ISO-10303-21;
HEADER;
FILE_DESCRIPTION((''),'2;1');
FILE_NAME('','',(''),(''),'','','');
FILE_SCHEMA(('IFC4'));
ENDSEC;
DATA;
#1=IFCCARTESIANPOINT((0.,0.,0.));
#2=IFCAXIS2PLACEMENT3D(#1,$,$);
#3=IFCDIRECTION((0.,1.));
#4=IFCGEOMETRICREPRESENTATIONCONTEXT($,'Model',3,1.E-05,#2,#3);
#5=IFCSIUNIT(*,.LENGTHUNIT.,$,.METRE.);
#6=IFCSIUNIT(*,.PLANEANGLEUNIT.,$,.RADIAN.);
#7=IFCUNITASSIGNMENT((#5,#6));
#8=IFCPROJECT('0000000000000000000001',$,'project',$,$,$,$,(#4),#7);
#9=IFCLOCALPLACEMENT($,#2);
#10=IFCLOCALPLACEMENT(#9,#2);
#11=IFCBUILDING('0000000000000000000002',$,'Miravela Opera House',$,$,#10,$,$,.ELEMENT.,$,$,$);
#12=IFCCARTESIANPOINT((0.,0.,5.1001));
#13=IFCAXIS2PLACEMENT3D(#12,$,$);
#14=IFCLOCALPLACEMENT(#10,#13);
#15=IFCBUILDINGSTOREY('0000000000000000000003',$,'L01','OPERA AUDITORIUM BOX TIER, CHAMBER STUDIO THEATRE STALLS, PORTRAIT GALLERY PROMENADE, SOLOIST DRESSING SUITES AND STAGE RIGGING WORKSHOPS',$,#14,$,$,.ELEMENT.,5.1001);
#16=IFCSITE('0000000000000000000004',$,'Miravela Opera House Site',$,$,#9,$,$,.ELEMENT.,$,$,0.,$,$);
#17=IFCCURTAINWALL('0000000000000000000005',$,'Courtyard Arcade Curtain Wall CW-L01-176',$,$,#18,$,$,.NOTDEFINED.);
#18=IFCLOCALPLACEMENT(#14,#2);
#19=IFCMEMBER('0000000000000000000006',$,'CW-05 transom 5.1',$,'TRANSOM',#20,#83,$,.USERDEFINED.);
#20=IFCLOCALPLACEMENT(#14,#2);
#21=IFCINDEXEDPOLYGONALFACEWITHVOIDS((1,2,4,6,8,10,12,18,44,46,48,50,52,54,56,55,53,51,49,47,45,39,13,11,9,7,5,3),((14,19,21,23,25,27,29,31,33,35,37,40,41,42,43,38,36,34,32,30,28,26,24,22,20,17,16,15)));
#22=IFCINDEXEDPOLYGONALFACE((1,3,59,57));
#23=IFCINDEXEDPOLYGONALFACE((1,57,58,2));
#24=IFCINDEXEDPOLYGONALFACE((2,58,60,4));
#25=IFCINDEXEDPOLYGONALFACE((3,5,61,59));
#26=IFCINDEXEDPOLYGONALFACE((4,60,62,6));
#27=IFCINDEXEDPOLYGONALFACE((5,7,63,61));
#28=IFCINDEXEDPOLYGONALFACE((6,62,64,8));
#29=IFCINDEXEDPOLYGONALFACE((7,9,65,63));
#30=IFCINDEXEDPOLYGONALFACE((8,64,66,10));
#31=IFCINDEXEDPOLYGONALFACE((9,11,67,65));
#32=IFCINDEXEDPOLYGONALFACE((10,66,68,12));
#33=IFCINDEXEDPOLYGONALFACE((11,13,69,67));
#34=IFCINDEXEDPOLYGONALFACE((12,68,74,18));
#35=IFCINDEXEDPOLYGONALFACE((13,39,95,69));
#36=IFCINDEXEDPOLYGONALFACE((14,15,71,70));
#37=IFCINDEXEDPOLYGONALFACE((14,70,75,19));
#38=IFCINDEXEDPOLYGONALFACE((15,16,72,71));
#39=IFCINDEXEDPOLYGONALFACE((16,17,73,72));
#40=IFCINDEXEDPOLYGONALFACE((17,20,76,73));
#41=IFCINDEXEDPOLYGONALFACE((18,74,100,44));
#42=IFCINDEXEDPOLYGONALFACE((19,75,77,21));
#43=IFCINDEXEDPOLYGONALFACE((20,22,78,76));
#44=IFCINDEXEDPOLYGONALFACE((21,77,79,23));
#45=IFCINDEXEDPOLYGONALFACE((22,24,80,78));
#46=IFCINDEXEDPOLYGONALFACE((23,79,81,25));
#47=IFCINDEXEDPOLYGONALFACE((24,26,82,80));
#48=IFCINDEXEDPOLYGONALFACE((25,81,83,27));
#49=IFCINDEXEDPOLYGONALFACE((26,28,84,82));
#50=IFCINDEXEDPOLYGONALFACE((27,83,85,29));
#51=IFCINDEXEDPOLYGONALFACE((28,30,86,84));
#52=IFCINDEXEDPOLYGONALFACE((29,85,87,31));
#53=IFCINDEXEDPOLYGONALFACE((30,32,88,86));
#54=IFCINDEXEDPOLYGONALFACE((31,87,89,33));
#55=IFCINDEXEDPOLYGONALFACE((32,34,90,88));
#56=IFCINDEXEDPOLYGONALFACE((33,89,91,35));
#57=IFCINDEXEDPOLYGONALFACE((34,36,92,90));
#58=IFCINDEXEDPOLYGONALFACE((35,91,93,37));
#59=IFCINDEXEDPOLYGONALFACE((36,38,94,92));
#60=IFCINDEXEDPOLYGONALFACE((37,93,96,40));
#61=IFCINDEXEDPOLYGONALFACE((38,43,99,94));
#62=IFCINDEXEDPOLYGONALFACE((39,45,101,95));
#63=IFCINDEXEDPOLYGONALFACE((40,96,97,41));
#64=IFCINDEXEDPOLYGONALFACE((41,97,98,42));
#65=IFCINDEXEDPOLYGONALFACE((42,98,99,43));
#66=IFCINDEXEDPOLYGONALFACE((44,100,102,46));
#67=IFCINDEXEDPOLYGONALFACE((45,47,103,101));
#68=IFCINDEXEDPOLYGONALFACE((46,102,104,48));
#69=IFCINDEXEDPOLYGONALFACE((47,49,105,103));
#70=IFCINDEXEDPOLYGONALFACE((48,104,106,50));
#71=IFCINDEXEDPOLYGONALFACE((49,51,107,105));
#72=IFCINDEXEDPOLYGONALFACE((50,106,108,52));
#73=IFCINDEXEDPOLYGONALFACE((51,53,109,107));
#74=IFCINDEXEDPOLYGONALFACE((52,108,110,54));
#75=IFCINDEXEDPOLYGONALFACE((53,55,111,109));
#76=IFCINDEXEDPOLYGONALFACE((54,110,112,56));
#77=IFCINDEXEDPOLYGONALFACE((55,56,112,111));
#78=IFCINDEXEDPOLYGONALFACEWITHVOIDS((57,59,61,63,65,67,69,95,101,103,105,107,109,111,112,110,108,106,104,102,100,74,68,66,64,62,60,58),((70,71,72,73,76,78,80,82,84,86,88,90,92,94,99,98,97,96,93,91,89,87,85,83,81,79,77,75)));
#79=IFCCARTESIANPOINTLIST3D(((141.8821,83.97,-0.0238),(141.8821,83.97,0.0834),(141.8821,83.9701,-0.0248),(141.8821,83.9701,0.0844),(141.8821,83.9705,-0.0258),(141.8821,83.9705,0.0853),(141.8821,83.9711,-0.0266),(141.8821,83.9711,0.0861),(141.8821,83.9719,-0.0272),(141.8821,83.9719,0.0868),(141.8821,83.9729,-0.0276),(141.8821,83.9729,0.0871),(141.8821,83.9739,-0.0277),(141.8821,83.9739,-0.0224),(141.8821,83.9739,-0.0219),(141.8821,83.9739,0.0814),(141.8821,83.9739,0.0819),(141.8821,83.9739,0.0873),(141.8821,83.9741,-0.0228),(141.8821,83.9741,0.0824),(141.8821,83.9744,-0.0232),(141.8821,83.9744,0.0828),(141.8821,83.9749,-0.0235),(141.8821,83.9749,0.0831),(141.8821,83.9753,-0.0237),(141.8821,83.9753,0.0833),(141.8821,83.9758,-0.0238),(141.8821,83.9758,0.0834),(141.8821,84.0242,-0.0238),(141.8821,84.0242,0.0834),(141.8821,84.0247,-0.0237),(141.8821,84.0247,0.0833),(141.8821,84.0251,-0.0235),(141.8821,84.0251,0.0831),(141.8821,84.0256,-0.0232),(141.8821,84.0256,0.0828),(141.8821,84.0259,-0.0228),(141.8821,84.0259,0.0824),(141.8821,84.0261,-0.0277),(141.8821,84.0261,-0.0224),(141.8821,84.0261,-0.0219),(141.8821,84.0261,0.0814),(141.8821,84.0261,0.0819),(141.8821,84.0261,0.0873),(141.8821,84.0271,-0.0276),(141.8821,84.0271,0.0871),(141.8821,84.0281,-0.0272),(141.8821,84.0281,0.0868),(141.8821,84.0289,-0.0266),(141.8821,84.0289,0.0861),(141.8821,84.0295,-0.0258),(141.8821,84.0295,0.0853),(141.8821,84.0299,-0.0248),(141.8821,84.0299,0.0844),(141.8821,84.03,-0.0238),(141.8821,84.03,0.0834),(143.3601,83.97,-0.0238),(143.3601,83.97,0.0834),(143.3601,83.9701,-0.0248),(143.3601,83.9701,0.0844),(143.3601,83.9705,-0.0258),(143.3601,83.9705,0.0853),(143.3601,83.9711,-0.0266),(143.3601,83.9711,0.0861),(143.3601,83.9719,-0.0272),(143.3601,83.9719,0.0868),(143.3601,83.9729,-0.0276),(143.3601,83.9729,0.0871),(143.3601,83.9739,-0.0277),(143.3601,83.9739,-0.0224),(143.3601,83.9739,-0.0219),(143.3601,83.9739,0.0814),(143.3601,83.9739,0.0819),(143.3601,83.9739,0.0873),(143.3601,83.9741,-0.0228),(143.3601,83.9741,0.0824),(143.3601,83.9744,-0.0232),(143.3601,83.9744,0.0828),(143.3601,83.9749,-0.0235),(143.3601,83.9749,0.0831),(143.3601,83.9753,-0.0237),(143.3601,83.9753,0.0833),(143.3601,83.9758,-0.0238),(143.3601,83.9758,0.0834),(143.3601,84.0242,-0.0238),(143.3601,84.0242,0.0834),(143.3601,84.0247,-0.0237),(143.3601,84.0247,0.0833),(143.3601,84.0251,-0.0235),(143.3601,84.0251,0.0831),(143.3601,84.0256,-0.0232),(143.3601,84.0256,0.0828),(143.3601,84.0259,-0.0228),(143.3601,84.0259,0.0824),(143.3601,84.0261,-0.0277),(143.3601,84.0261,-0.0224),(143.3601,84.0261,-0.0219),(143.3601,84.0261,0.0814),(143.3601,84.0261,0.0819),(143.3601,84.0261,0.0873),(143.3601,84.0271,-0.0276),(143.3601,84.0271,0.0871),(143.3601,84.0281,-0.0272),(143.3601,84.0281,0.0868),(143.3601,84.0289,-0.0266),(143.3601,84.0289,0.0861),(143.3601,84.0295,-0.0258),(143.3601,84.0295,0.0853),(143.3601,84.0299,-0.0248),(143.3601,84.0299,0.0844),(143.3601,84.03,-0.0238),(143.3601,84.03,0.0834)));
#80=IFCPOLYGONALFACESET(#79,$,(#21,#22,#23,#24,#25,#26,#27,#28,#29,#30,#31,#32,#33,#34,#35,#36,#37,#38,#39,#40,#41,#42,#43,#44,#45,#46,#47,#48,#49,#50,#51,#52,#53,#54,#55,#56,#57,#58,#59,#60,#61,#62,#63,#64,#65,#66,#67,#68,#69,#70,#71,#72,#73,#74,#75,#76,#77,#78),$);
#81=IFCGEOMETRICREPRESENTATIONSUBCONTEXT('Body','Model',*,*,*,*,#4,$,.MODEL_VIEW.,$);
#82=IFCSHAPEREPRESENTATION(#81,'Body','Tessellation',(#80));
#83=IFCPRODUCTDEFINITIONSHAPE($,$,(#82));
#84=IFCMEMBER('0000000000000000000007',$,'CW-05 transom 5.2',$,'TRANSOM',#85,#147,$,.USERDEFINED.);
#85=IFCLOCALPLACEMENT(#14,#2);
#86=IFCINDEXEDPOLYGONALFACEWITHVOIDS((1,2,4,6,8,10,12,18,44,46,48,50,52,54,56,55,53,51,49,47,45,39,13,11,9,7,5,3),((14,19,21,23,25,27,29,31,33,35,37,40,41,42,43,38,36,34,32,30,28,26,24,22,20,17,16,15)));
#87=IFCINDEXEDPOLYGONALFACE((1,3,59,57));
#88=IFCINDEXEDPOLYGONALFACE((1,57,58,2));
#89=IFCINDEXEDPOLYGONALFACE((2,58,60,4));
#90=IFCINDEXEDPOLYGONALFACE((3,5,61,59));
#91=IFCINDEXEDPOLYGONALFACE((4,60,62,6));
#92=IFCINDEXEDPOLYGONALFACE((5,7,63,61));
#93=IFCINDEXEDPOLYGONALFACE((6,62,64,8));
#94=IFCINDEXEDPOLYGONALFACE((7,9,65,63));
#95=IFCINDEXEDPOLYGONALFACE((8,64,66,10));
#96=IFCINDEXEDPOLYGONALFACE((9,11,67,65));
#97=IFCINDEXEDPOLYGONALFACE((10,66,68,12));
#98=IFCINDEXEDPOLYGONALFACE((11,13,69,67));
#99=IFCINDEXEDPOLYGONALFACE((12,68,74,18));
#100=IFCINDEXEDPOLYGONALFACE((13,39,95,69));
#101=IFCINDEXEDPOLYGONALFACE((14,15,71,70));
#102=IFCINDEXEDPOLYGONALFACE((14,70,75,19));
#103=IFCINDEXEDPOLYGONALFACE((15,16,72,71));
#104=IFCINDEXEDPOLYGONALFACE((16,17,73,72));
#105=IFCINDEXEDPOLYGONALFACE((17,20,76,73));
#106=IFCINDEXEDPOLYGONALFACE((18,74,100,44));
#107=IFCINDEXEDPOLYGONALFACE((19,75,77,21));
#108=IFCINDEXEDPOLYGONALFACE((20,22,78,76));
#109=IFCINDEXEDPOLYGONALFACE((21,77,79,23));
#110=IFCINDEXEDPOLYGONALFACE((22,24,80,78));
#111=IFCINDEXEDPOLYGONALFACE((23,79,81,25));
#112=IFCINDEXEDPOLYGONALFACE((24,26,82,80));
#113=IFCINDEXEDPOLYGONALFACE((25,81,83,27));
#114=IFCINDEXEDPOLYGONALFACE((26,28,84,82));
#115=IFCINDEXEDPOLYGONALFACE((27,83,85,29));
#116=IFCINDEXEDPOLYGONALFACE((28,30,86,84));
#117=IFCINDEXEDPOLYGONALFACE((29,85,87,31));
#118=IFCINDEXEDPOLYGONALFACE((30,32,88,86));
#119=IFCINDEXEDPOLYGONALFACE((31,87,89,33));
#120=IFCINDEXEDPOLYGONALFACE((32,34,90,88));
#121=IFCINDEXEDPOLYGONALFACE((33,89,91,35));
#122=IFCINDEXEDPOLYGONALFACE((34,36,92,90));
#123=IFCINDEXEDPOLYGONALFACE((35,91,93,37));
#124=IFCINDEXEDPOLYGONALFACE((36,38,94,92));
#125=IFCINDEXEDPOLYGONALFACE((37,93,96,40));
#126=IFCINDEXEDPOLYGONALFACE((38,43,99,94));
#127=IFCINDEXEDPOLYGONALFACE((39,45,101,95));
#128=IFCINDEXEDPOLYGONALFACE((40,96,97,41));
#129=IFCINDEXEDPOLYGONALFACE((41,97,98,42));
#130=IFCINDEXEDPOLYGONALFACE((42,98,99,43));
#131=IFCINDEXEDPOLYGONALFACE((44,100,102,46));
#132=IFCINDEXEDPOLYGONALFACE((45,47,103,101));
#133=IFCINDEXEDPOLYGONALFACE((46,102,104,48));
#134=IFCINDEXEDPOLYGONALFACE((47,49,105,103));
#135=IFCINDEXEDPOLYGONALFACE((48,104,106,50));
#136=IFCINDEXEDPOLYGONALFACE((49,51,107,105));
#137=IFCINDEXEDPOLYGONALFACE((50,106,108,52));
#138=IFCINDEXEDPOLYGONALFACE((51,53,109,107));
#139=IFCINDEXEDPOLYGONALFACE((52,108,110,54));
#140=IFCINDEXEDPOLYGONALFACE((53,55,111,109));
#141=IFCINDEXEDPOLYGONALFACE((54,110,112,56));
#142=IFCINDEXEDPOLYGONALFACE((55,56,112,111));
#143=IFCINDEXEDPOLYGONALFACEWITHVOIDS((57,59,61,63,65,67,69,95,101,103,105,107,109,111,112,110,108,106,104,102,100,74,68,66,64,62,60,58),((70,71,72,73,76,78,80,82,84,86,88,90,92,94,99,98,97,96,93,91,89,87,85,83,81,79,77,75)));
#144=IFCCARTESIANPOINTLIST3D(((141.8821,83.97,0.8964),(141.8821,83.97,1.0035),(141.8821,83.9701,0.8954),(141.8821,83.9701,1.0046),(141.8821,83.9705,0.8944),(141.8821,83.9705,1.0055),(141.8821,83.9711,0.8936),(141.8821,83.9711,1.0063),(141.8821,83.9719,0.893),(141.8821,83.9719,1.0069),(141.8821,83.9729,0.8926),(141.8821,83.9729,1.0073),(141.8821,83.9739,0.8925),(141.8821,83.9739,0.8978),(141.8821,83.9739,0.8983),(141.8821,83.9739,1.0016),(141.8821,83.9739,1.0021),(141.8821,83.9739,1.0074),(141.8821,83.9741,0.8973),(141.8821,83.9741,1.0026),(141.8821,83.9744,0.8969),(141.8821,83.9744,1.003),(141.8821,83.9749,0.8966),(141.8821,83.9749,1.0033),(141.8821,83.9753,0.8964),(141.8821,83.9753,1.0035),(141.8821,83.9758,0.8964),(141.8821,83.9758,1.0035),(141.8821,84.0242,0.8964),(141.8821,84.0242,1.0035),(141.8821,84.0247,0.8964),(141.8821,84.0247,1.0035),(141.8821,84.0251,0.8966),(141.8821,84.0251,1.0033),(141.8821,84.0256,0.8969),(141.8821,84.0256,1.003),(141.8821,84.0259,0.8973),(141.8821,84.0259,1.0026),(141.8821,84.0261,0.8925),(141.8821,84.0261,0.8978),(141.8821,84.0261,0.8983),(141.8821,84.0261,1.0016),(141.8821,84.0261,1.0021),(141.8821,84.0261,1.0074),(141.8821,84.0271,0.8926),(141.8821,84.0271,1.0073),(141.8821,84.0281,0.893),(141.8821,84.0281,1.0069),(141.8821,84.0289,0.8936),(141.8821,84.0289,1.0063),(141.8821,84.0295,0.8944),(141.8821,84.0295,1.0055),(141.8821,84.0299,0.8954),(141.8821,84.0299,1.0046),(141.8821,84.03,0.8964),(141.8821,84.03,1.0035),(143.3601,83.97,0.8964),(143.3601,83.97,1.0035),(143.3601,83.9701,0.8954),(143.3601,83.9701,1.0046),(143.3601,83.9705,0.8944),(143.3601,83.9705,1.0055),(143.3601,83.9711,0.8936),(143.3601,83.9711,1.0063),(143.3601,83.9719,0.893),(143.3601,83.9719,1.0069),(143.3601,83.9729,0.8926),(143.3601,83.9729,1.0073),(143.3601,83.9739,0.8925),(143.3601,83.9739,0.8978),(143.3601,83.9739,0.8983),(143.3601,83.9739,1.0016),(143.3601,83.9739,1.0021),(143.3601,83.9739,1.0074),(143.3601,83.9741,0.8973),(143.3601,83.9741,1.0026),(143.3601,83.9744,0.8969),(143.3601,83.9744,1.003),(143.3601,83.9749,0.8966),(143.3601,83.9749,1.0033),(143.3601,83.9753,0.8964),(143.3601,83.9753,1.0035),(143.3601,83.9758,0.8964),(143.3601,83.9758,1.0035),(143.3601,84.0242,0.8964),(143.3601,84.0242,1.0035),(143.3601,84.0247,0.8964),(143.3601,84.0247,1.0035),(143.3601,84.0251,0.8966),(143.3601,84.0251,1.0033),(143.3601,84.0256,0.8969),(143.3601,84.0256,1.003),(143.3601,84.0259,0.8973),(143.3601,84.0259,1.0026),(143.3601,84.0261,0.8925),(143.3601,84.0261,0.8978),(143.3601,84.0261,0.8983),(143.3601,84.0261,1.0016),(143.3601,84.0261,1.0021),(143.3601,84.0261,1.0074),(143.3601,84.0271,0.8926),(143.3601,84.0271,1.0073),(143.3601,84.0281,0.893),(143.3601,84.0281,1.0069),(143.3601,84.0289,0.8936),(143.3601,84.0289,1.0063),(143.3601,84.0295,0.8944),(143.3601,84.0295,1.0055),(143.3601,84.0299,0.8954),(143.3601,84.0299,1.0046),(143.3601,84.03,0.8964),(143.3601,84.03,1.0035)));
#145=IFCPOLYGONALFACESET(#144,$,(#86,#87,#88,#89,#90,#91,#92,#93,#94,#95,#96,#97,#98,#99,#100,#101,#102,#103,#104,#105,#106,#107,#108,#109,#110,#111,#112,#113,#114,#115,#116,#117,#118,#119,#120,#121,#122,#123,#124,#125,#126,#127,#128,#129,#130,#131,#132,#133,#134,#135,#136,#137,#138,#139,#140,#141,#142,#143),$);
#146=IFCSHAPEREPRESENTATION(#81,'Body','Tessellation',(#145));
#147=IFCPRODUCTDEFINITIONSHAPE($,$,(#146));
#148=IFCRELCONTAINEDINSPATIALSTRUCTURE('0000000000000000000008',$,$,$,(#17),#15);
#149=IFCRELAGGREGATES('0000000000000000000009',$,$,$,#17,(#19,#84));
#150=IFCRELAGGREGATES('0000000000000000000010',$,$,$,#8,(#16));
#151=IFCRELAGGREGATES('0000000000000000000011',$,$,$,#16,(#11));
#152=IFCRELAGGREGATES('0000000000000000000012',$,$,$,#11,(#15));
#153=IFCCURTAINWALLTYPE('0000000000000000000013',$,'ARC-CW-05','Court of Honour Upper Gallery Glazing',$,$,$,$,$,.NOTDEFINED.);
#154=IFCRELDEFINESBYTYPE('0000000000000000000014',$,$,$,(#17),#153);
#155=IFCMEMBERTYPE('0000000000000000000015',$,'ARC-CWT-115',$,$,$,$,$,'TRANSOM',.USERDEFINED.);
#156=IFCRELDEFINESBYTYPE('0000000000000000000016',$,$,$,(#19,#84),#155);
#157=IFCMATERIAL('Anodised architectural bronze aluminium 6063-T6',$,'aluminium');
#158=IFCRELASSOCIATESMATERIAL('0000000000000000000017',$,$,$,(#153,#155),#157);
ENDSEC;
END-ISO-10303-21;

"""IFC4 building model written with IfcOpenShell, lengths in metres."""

from ifc_helpers import new_model, si_unit, direction, frame, origin, origin_2d, place, context, subcontext, project, spatial, hollow_rectangle, extrude, material, material_profile, profile_set, type_object, element, aggregate, save


model = new_model("IFC4")

# Units and contexts
model_context = context("Model", 3, precision=1e-05, world=origin(), true_north=direction((0.0, 1.0)))
body_context = subcontext(model_context, "Body", "Model", "MODEL_VIEW")
ifc_project = project(units=[si_unit("LENGTHUNIT", "METRE"), si_unit("PLANEANGLEUNIT", "RADIAN")], contexts=[model_context])

# Site, building, storey
site_placement = place(None, origin())
site = spatial("IfcSite", under=ifc_project, at=site_placement, Name="Miravela Opera House Site", CompositionType="ELEMENT", RefElevation=0.0)
building_placement = place(site_placement, origin())
building = spatial("IfcBuilding", under=site, at=building_placement, Name="Miravela Opera House", CompositionType="ELEMENT")
storey_placement = place(building_placement, frame((0.0, 0.0, 5.1001)))
storey = spatial("IfcBuildingStorey", under=building, at=storey_placement, Name="L01", Description="OPERA AUDITORIUM BOX TIER, CHAMBER STUDIO THEATRE STALLS, PORTRAIT GALLERY PROMENADE, SOLOIST DRESSING SUITES AND STAGE RIGGING WORKSHOPS", CompositionType="ELEMENT", Elevation=5.1001)

# Curtain wall, members
ifc_material_1 = material(Name="Anodised architectural bronze aluminium 6063-T6", Category="aluminium")
curtain_wall_type = type_object("IfcCurtainWallType", Name="ARC-CW-05", Description="Court of Honour Upper Gallery Glazing", PredefinedType="NOTDEFINED", material=ifc_material_1)
curtain_wall_placement = place(storey_placement, origin())
curtain_wall = element("IfcCurtainWall", 1, at=curtain_wall_placement, inside=storey, type_object=curtain_wall_type, Name="Courtyard Arcade Curtain Wall CW-L01-176", PredefinedType="NOTDEFINED")
ifc_material_profile_1 = material_profile(ifc_material_1, hollow_rectangle(XDim=0.0601, YDim=0.115, WallThickness=0.0039, InnerFilletRadius=0.002, OuterFilletRadius=0.0039, at=origin_2d()), Name="CWT-60X115")
ifc_profile_set_1 = profile_set([ifc_material_profile_1])
member_type_1 = type_object("IfcMemberType", Name="ARC-CWT-115", ElementType="TRANSOM", PredefinedType="USERDEFINED", material=ifc_profile_set_1)
member_1_placement = place(storey_placement, frame((141.8821, 84.0, 0.0298), z_axis=(1.0, 0.0, 0.0), x_axis=(0.0, 1.0, 0.0)))
member_1 = element("IfcMember", 2, at=member_1_placement, type_object=member_type_1, Name="CW-05 transom 5.1", ObjectType="TRANSOM", PredefinedType="USERDEFINED", context=body_context, shape_type="SweptSolid", body=[
    extrude(hollow_rectangle(XDim=0.0601, YDim=0.115, WallThickness=0.0039, InnerFilletRadius=0.002, OuterFilletRadius=0.0039, at=origin_2d()), origin(), (0.0, 0.0, 1.0), 1.478),
])
member_2_placement = place(storey_placement, frame((141.8821, 84.0, 0.95), z_axis=(1.0, 0.0, 0.0), x_axis=(0.0, 1.0, 0.0)))
member_2 = element("IfcMember", 3, at=member_2_placement, type_object=member_type_1, Name="CW-05 transom 5.2", ObjectType="TRANSOM", PredefinedType="USERDEFINED", context=body_context, shape_type="SweptSolid", body=[
    extrude(hollow_rectangle(XDim=0.0601, YDim=0.115, WallThickness=0.0039, InnerFilletRadius=0.002, OuterFilletRadius=0.0039, at=origin_2d()), origin(), (0.0, 0.0, 1.0), 1.478),
])

aggregate(curtain_wall, [member_1, member_2])

save(model, "model.ifc")
